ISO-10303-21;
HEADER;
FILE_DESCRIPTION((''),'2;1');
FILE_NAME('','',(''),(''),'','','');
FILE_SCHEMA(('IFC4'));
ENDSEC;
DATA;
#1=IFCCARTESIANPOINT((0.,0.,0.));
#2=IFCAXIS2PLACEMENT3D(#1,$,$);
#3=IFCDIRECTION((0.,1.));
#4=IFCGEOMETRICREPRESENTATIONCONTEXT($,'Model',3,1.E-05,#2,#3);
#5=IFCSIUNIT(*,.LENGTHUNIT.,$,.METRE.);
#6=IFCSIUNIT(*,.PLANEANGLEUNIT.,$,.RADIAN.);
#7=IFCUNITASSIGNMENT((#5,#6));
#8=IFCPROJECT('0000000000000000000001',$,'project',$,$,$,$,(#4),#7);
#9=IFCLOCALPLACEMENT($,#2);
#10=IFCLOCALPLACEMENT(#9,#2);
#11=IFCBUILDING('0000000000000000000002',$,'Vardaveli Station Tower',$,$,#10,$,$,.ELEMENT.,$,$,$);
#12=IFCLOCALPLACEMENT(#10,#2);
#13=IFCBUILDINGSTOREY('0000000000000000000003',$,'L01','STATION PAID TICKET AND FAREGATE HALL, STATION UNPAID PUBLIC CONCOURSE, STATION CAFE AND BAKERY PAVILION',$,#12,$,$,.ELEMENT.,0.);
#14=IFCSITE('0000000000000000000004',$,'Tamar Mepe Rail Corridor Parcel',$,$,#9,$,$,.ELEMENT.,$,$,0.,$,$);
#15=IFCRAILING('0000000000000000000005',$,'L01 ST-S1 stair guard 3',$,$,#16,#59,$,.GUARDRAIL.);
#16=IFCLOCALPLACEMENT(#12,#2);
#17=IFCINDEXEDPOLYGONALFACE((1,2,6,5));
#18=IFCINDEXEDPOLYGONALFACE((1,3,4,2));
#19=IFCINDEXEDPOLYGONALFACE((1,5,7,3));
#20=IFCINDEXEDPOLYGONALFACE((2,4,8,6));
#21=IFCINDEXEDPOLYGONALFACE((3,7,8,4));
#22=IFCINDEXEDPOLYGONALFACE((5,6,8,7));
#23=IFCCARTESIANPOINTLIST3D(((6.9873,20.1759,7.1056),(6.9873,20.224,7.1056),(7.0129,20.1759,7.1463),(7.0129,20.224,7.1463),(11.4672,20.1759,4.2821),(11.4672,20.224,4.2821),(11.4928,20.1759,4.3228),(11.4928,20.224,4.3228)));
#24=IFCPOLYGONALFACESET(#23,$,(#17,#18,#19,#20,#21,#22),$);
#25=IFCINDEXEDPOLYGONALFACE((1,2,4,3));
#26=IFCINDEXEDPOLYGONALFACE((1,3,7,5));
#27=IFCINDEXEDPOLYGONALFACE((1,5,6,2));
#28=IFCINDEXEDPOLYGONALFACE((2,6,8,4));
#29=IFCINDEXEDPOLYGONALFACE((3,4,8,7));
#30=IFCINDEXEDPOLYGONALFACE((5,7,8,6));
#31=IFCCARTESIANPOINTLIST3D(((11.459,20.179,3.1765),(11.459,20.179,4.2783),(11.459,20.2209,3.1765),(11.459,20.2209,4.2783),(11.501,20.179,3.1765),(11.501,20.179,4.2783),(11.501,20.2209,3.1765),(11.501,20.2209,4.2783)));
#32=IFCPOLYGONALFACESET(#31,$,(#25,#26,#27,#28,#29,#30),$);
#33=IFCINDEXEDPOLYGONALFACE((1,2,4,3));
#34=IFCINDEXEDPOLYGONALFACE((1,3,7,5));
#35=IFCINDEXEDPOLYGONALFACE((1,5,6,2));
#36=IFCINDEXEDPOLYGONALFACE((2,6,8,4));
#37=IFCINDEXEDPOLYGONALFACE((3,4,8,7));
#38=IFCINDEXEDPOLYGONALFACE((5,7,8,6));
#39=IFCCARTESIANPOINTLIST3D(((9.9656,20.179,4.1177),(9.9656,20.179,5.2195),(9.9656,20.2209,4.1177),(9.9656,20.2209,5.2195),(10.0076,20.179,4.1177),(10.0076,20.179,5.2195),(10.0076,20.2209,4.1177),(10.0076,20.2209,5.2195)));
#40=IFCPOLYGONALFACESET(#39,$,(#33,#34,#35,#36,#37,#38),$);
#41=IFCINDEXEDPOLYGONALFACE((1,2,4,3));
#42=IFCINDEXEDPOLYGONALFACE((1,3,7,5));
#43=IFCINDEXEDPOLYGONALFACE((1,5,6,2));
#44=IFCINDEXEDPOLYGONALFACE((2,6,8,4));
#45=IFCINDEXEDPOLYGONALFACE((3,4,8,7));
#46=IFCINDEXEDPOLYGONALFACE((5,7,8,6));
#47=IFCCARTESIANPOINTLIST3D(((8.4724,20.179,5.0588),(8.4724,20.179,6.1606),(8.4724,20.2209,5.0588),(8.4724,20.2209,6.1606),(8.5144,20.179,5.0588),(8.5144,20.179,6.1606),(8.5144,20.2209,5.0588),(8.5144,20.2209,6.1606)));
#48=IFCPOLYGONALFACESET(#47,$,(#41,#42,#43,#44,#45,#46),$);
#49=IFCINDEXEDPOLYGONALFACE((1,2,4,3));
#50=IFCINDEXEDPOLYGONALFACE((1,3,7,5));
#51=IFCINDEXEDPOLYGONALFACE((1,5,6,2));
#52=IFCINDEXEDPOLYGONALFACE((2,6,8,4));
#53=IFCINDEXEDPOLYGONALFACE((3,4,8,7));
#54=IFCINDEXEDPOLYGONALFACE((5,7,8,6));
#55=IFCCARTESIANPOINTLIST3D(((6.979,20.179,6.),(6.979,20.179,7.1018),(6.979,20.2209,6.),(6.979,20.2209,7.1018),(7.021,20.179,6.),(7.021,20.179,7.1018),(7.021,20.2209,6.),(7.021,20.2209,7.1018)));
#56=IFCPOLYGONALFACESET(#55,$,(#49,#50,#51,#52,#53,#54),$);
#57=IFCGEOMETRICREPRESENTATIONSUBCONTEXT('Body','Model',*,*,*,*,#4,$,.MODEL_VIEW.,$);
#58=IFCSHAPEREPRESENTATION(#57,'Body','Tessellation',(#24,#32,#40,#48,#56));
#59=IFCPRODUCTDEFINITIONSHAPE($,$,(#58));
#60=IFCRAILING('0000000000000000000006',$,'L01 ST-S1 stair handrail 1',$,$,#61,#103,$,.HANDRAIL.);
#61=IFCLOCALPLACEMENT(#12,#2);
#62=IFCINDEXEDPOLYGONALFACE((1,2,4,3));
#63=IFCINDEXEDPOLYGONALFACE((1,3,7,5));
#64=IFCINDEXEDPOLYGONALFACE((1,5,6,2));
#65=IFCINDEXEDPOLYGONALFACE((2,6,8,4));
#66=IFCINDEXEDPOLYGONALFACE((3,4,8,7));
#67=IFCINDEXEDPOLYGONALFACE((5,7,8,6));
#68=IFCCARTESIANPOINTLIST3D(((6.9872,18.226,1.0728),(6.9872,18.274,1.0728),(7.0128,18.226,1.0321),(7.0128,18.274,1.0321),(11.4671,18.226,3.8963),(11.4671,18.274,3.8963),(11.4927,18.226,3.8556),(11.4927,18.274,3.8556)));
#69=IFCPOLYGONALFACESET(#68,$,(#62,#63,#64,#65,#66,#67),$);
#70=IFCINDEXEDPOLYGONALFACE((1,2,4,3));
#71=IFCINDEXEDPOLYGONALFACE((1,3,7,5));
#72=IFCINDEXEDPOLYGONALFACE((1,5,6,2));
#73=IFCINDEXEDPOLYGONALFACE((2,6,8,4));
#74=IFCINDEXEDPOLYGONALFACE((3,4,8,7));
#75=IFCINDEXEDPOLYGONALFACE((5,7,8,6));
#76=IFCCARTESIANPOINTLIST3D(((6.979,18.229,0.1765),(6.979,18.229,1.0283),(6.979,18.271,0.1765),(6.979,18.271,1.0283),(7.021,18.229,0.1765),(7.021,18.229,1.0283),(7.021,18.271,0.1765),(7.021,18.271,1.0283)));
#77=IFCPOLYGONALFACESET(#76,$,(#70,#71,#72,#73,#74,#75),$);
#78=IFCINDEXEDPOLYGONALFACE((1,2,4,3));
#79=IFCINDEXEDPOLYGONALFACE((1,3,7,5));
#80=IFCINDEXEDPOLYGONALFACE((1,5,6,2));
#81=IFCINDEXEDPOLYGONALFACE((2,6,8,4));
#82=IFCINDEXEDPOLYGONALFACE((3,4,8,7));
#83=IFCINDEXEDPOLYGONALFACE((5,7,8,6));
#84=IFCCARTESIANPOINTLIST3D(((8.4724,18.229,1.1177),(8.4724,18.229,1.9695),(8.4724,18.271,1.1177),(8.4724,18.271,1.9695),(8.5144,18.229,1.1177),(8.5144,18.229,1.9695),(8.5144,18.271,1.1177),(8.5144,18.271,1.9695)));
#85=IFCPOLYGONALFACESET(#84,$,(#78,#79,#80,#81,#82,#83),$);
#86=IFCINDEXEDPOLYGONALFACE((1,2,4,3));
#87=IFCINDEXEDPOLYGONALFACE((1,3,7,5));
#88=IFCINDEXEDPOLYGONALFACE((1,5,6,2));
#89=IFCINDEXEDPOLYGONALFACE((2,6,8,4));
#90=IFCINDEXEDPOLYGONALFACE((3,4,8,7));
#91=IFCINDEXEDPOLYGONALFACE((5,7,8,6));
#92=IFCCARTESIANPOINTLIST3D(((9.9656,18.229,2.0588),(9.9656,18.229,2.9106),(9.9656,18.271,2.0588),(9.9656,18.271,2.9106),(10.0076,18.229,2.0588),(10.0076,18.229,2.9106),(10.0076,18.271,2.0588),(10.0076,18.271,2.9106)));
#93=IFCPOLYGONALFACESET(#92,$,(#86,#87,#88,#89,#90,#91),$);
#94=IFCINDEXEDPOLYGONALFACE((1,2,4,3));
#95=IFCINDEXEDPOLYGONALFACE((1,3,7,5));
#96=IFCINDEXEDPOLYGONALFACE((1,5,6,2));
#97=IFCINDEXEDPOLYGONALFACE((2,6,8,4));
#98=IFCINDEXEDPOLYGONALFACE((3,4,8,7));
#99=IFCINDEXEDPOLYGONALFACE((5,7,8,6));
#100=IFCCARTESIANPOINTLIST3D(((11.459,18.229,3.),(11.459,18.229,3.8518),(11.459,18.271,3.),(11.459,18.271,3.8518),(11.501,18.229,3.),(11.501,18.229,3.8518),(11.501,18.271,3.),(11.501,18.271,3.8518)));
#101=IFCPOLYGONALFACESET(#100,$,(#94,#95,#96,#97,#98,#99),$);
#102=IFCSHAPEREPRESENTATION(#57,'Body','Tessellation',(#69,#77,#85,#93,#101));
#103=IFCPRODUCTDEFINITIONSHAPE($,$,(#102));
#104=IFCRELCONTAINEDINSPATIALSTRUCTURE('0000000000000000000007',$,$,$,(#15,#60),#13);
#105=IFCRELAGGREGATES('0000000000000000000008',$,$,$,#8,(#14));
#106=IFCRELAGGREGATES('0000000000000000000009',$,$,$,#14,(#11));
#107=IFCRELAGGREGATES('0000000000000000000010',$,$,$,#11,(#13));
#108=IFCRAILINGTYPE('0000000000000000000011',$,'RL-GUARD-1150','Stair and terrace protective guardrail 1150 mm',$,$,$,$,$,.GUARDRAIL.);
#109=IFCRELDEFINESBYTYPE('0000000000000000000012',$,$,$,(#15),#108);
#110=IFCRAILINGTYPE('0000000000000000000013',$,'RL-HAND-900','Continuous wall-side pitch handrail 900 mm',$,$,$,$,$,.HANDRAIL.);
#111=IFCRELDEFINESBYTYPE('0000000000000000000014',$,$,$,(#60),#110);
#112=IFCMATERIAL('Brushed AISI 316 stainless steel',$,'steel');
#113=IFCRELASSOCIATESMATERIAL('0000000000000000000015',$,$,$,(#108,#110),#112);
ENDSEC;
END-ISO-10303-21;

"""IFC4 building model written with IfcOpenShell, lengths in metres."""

from ifc_helpers import new_model, si_unit, direction, frame, origin, origin_2d, place, context, subcontext, project, spatial, rectangle, extrude, source, transform, mapped, material, type_object, element, save


model = new_model("IFC4")

# Units and contexts
model_context = context("Model", 3, precision=1e-05, world=origin(), true_north=direction((0.0, 1.0)))
body_context = subcontext(model_context, "Body", "Model", "MODEL_VIEW")
ifc_project = project(units=[si_unit("LENGTHUNIT", "METRE"), si_unit("PLANEANGLEUNIT", "RADIAN")], contexts=[model_context])

# Site, building, storey
site_placement = place(None, origin())
site = spatial("IfcSite", under=ifc_project, at=site_placement, Name="Tamar Mepe Rail Corridor Parcel", CompositionType="ELEMENT", RefElevation=0.0)
building_placement = place(site_placement, origin())
building = spatial("IfcBuilding", under=site, at=building_placement, Name="Vardaveli Station Tower", CompositionType="ELEMENT")
storey_placement = place(building_placement, origin())
storey = spatial("IfcBuildingStorey", under=building, at=storey_placement, Name="L01", Description="STATION PAID TICKET AND FAREGATE HALL, STATION UNPAID PUBLIC CONCOURSE, STATION CAFE AND BAKERY PAVILION", CompositionType="ELEMENT", Elevation=0.0)

# Railings
ifc_material_1 = material(Name="Brushed AISI 316 stainless steel", Category="steel")
railing_type_1 = type_object("IfcRailingType", Name="RL-GUARD-1150", Description="Stair and terrace protective guardrail 1150 mm", PredefinedType="GUARDRAIL", material=ifc_material_1)
shared_shape_1 = source(origin(), body_context, "Body", "SweptSolid", [
    extrude(rectangle(XDim=0.0481, YDim=0.0481, at=origin_2d()), frame((0.0, 0.0, 1.126), z_axis=(-0.845998, 0.0, 0.533186), x_axis=(0.0, -1.0, 0.0)), (0.0, 0.0, 1.0), 5.2954),
    extrude(rectangle(XDim=0.042, YDim=0.042, at=origin_2d()), origin(), (0.0, 0.0, 1.0), 1.1018),
    extrude(rectangle(XDim=0.042, YDim=0.042, at=origin_2d()), frame((-1.4934, 0.0, 0.9412)), (0.0, 0.0, 1.0), 1.1018),
    extrude(rectangle(XDim=0.042, YDim=0.042, at=origin_2d()), frame((-2.9866, 0.0, 1.8823)), (0.0, 0.0, 1.0), 1.1018),
    extrude(rectangle(XDim=0.042, YDim=0.042, at=origin_2d()), frame((-4.48, 0.0, 2.8235)), (0.0, 0.0, 1.0), 1.1018),
])
railing_1_placement = place(storey_placement, frame((11.48, 20.2, 3.1765)))
element("IfcRailing", 1, at=railing_1_placement, inside=storey, type_object=railing_type_1, Name="L01 ST-S1 stair guard 3", PredefinedType="GUARDRAIL", context=body_context, shape_type="MappedRepresentation", body=[
    mapped(shared_shape_1, transform((0.0, 0.0, 0.0), scale=1.0)),
])
railing_type_2 = type_object("IfcRailingType", Name="RL-HAND-900", Description="Continuous wall-side pitch handrail 900 mm", PredefinedType="HANDRAIL", material=ifc_material_1)
shared_shape_2 = source(origin(), body_context, "Body", "SweptSolid", [
    extrude(rectangle(XDim=0.0481, YDim=0.0481, at=origin_2d()), frame((0.0, 0.0, 0.876), z_axis=(0.845998, 0.0, 0.533186), x_axis=(0.0, 1.0, 0.0)), (0.0, 0.0, 1.0), 5.2954),
    extrude(rectangle(XDim=0.042, YDim=0.042, at=origin_2d()), origin(), (0.0, 0.0, 1.0), 0.8518),
    extrude(rectangle(XDim=0.042, YDim=0.042, at=origin_2d()), frame((1.4934, 0.0, 0.9412)), (0.0, 0.0, 1.0), 0.8518),
    extrude(rectangle(XDim=0.042, YDim=0.042, at=origin_2d()), frame((2.9866, 0.0, 1.8823)), (0.0, 0.0, 1.0), 0.8518),
    extrude(rectangle(XDim=0.042, YDim=0.042, at=origin_2d()), frame((4.48, 0.0, 2.8235)), (0.0, 0.0, 1.0), 0.8518),
])
railing_2_placement = place(storey_placement, frame((7.0, 18.25, 0.1765)))
element("IfcRailing", 2, at=railing_2_placement, inside=storey, type_object=railing_type_2, Name="L01 ST-S1 stair handrail 1", PredefinedType="HANDRAIL", context=body_context, shape_type="MappedRepresentation", body=[
    mapped(shared_shape_2, transform((0.0, 0.0, 0.0), scale=1.0)),
])

save(model, "model.ifc")
